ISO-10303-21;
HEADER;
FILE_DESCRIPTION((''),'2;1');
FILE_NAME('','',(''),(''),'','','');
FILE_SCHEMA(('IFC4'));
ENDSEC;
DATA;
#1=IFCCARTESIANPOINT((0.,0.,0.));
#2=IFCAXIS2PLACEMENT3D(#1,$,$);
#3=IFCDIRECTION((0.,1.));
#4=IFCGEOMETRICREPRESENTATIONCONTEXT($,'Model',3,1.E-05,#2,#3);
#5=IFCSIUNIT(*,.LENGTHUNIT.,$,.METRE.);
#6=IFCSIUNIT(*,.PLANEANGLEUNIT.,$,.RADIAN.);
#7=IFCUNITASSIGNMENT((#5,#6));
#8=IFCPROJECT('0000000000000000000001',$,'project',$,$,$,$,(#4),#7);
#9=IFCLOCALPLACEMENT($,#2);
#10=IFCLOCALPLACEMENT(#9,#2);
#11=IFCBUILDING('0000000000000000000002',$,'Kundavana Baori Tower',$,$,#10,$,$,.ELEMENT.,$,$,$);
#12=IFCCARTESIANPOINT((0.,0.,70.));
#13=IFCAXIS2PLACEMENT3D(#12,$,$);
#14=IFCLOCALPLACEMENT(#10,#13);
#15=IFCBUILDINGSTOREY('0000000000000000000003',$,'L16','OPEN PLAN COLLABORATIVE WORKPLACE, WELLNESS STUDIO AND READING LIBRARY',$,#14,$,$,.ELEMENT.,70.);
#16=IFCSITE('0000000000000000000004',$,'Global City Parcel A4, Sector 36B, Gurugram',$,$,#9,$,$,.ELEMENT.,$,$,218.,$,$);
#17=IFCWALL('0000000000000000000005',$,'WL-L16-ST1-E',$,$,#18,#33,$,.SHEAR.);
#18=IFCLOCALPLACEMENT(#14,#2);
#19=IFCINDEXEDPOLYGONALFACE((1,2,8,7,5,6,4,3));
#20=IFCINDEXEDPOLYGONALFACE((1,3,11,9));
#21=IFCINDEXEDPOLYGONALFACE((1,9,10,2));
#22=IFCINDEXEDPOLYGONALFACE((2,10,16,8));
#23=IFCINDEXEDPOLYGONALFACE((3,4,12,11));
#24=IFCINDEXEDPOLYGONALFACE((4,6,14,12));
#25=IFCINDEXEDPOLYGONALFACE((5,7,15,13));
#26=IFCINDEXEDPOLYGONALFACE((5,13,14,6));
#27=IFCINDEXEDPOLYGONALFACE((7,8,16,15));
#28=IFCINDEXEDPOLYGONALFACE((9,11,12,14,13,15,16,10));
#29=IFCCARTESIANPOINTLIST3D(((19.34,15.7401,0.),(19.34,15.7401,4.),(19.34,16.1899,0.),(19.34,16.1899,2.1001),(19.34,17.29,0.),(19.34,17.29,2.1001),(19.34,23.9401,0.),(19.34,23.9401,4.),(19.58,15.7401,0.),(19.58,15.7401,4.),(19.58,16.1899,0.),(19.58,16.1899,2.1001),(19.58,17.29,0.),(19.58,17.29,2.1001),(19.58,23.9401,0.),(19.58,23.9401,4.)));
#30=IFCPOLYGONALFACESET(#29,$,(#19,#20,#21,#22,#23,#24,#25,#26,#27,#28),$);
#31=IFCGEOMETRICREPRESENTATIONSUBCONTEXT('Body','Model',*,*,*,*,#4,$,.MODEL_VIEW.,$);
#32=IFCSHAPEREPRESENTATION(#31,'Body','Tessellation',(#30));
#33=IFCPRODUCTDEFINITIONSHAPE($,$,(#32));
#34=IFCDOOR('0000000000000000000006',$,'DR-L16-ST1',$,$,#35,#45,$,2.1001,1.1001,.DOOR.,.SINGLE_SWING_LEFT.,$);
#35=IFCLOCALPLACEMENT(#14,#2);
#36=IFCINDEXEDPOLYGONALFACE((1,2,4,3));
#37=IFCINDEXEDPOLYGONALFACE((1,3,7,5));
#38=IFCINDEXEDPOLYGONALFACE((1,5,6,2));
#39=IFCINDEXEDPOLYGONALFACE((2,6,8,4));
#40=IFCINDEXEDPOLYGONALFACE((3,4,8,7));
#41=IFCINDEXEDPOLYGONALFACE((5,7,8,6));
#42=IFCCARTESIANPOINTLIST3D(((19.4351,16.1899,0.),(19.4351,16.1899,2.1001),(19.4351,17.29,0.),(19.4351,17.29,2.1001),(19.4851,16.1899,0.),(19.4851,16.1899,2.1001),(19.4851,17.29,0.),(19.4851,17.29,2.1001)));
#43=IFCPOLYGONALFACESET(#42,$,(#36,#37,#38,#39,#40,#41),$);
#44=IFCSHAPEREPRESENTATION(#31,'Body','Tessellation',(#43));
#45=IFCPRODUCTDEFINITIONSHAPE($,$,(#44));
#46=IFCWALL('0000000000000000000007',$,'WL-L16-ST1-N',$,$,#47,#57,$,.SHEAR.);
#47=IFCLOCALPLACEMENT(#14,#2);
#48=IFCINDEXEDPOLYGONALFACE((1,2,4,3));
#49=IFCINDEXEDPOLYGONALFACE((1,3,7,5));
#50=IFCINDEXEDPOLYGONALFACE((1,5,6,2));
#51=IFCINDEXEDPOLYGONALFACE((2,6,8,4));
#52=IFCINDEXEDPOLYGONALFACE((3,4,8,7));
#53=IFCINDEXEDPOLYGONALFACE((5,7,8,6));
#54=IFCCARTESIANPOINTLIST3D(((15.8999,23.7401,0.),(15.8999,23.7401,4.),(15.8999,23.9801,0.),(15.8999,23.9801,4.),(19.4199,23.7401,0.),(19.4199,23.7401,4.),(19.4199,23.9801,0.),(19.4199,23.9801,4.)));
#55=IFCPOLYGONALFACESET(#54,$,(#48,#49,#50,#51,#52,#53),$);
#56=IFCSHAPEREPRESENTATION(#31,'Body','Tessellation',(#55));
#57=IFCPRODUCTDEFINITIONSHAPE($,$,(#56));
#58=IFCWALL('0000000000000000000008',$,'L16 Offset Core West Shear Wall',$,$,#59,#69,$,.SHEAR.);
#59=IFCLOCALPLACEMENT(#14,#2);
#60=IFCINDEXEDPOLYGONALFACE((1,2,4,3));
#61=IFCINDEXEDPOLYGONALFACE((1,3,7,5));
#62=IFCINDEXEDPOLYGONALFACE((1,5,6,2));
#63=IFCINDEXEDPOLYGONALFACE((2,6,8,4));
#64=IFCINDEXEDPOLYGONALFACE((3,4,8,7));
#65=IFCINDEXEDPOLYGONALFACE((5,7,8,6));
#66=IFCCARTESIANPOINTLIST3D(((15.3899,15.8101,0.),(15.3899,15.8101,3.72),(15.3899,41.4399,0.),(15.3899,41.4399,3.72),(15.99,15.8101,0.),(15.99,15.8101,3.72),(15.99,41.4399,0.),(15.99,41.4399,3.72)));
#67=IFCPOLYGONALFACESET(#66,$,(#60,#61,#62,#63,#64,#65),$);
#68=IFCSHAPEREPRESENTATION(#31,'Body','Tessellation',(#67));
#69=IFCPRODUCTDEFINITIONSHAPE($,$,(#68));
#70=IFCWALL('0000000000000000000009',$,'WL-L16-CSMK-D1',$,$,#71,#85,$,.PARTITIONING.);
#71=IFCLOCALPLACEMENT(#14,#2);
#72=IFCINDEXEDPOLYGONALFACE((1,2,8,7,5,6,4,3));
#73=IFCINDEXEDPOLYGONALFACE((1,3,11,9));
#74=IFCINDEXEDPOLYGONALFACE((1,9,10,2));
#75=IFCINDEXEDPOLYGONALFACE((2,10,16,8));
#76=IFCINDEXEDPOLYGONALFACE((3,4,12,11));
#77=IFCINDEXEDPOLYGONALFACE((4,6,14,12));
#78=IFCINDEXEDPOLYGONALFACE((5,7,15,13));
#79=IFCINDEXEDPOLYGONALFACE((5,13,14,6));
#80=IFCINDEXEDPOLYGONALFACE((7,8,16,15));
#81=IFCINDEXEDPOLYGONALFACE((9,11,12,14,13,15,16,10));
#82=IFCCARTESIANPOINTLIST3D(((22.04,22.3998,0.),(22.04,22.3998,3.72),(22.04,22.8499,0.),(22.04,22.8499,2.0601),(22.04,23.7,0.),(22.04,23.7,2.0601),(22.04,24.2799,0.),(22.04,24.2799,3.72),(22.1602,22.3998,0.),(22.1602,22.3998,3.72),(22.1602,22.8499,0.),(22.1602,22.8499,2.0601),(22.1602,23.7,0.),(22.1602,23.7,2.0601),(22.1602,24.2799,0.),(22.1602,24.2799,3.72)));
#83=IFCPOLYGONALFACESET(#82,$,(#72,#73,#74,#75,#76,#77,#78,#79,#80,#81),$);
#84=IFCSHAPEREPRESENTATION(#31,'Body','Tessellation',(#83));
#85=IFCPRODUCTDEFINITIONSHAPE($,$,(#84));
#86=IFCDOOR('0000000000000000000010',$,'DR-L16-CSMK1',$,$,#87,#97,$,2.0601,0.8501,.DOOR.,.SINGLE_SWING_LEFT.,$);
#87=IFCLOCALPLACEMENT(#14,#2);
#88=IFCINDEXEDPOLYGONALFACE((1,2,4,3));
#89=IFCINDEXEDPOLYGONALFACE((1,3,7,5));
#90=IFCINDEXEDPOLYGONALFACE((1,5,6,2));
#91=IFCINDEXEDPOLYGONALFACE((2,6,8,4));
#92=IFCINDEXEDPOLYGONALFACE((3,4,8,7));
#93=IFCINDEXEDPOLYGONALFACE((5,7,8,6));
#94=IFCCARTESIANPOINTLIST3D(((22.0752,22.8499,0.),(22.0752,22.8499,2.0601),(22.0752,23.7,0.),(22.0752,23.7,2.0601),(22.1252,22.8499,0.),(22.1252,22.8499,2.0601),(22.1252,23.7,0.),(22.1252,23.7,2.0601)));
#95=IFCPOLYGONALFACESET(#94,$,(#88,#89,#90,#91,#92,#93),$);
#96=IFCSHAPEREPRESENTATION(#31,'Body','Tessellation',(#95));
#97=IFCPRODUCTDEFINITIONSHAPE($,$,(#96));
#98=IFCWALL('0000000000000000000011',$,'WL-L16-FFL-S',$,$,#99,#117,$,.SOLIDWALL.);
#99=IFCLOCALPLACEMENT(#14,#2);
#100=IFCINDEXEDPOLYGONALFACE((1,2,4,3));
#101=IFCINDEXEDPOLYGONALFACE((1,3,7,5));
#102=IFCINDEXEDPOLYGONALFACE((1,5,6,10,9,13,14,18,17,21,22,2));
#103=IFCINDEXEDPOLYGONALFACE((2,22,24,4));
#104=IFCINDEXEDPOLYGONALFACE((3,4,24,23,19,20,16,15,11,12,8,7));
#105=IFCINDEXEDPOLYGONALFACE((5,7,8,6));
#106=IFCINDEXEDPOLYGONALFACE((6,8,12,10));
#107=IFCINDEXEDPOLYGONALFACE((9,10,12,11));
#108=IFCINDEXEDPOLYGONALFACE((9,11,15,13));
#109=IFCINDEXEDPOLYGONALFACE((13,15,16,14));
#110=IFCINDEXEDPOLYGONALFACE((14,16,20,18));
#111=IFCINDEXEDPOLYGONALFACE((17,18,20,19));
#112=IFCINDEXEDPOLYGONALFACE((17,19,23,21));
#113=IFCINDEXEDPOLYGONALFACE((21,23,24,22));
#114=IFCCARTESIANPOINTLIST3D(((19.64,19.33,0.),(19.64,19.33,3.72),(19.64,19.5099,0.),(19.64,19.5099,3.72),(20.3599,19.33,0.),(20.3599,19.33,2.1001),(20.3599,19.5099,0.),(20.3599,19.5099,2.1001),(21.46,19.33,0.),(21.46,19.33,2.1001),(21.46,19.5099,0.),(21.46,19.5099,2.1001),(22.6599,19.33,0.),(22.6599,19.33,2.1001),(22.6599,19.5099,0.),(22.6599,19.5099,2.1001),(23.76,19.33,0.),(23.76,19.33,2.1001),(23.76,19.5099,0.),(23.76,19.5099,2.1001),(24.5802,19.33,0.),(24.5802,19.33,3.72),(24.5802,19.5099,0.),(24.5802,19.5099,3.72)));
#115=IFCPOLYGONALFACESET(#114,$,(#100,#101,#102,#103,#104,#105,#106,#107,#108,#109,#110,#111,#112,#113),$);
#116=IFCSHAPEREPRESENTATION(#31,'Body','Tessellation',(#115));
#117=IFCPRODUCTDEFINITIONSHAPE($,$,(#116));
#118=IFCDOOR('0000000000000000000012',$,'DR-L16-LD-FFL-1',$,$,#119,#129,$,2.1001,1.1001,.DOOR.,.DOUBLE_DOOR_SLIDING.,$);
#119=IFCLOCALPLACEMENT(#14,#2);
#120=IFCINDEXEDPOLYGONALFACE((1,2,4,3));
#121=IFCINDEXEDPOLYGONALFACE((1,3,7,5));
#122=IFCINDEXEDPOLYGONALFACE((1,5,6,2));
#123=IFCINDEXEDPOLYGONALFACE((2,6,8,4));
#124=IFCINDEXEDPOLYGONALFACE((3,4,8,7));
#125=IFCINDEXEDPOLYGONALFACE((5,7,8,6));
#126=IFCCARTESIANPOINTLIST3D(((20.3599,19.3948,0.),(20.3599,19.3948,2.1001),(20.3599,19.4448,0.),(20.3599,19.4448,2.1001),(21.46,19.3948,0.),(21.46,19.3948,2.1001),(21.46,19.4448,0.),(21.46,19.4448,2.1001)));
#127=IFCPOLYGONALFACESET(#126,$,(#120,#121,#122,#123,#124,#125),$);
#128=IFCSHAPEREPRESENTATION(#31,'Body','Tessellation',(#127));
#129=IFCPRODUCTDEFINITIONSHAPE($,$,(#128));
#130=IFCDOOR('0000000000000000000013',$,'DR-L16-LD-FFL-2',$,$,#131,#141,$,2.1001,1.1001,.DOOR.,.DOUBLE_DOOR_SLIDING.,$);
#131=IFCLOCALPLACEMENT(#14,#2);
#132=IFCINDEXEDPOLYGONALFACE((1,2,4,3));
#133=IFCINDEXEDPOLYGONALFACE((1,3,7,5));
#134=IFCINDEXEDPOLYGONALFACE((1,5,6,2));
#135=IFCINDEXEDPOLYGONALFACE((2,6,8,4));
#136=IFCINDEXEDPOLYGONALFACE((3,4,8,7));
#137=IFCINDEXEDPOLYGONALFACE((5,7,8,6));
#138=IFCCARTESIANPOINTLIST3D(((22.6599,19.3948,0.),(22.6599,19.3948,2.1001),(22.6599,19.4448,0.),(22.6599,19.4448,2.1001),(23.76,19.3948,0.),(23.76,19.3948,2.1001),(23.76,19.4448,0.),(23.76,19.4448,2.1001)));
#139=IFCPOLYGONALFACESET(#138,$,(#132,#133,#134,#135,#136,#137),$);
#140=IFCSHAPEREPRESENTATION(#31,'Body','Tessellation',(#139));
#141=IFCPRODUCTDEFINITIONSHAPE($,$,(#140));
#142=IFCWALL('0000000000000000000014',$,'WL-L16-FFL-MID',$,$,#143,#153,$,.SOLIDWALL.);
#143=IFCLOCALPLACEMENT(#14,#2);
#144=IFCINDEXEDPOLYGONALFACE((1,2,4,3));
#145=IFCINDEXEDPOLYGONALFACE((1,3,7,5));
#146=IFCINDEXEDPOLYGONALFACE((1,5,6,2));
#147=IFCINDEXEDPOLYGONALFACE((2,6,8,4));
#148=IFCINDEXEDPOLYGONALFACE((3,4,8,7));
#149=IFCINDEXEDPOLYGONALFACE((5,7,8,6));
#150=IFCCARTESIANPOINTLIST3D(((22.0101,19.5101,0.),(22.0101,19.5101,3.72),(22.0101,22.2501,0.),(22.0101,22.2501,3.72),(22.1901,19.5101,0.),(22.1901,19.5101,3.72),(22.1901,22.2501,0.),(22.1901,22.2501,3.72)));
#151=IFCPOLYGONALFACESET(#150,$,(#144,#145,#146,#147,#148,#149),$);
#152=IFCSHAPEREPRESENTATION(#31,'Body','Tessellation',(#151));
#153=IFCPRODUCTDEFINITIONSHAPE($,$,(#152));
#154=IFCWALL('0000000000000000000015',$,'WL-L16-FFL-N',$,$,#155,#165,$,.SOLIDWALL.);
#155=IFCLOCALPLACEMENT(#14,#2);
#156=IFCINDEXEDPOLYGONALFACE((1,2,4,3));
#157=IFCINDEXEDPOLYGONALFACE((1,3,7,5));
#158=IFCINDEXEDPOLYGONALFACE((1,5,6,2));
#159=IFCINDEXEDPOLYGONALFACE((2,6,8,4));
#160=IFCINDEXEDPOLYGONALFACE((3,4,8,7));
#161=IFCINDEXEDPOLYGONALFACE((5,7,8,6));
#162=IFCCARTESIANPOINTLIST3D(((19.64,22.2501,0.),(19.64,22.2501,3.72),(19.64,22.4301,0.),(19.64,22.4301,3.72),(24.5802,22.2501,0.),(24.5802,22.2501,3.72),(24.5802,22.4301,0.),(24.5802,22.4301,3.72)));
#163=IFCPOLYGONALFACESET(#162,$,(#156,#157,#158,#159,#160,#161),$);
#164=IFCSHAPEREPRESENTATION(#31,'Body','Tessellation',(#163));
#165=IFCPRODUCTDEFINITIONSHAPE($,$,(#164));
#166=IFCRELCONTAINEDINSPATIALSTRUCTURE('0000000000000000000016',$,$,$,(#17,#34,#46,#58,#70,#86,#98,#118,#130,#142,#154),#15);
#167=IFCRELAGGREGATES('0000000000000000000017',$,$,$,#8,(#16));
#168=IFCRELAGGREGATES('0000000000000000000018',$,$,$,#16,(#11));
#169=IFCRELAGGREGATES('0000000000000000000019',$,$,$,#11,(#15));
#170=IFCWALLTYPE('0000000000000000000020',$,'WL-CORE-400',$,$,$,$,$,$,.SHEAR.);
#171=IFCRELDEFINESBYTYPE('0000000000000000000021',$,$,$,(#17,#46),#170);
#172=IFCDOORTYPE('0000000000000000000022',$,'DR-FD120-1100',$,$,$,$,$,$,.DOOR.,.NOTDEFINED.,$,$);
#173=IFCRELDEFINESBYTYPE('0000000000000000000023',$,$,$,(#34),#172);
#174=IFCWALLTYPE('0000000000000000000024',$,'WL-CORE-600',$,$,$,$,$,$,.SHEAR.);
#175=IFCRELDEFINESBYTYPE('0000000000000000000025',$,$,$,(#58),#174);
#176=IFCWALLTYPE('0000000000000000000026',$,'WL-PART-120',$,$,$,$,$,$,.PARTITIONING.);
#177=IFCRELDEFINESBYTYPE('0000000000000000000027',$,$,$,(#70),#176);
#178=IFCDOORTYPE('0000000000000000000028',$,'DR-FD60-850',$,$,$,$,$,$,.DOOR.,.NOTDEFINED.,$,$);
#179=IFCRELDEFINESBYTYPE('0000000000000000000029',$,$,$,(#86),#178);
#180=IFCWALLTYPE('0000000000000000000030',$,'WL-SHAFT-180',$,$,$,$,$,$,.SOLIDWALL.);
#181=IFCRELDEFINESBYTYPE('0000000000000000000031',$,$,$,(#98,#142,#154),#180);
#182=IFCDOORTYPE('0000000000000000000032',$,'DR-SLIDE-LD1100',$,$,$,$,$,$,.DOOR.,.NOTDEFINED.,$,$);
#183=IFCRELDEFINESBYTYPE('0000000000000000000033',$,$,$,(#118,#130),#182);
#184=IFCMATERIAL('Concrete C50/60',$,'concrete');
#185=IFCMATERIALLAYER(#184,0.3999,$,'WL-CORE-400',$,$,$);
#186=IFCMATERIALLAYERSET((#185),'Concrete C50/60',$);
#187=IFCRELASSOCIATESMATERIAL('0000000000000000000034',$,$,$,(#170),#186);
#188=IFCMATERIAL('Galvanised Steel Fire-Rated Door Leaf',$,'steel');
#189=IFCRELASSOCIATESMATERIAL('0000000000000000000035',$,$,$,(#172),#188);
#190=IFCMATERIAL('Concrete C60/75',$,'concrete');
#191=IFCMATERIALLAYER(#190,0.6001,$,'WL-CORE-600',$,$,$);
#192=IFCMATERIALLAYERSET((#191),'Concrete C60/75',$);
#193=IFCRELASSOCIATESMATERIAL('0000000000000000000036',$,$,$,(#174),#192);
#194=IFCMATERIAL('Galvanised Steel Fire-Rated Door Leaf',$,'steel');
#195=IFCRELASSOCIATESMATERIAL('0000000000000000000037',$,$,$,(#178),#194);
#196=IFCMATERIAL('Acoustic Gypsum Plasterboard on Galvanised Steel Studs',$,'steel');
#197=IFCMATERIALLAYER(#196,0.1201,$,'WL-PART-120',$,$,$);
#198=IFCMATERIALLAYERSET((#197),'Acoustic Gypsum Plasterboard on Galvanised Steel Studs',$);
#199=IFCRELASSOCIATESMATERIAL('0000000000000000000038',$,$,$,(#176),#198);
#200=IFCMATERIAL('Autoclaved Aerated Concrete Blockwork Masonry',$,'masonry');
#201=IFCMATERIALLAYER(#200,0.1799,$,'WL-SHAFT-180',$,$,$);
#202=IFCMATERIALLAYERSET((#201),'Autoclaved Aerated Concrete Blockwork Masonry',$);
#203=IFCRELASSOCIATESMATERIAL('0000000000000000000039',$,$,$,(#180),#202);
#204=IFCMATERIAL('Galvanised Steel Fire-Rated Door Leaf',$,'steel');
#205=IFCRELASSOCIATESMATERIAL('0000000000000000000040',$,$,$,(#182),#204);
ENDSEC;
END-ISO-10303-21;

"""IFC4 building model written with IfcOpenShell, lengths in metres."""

from ifc_helpers import new_model, si_unit, direction, frame, frame_2d, origin, place, context, subcontext, project, spatial, rectangle, extrude, material, layer, layer_set, type_object, element, fill, save


model = new_model("IFC4")

# Units and contexts
model_context = context("Model", 3, precision=1e-05, world=origin(), true_north=direction((0.0, 1.0)))
body_context = subcontext(model_context, "Body", "Model", "MODEL_VIEW")
ifc_project = project(units=[si_unit("LENGTHUNIT", "METRE"), si_unit("PLANEANGLEUNIT", "RADIAN")], contexts=[model_context])

# Site, building, storey
site_placement = place(None, origin())
site = spatial("IfcSite", under=ifc_project, at=site_placement, Name="Global City Parcel A4, Sector 36B, Gurugram", CompositionType="ELEMENT", RefElevation=218.0)
building_placement = place(site_placement, origin())
building = spatial("IfcBuilding", under=site, at=building_placement, Name="Kundavana Baori Tower", CompositionType="ELEMENT")
storey_placement = place(building_placement, frame((0.0, 0.0, 70.0)))
storey = spatial("IfcBuildingStorey", under=building, at=storey_placement, Name="L16", Description="OPEN PLAN COLLABORATIVE WORKPLACE, WELLNESS STUDIO AND READING LIBRARY", CompositionType="ELEMENT", Elevation=70.0)

# Wall, opening, door
ifc_material_1 = material(Name="Concrete C50/60", Category="concrete")
ifc_layer_1 = layer(ifc_material_1, 0.3999, Name="WL-CORE-400")
ifc_layer_set_1 = layer_set([ifc_layer_1], Name="Concrete C50/60")
wall_type_1 = type_object("IfcWallType", Name="WL-CORE-400", PredefinedType="SHEAR", material=ifc_layer_set_1)
wall_1_placement = place(storey_placement, frame((19.46, 15.74, 0.0), z_axis=(0.0, 0.0, 1.0), x_axis=(0.0, 1.0, 0.0)))
wall_1 = element("IfcWall", 1, at=wall_1_placement, inside=storey, type_object=wall_type_1, Name="WL-L16-ST1-E", PredefinedType="SHEAR", context=body_context, shape_type="SweptSolid", body=[
    extrude(rectangle(XDim=8.2, YDim=0.24, at=frame_2d((4.1001, 0.0))), origin(), (0.0, 0.0, 1.0), 4.0),
])
opening_1_placement = place(wall_1_placement, frame((0.45, 0.0, 0.0)))
opening_1 = element("IfcOpeningElement", 2, at=opening_1_placement, cuts=wall_1, PredefinedType="OPENING", context=body_context, shape_type="SweptSolid", body=[
    extrude(rectangle(XDim=1.1001, YDim=2.1001, at=frame_2d((0.55, 1.05))), frame((0.0, 0.1299, 0.0), z_axis=(0.0, -1.0, 0.0), x_axis=(1.0, 0.0, 0.0)), (0.0, 0.0, 1.0), 0.26),
])
ifc_material_2 = material(Name="Galvanised Steel Fire-Rated Door Leaf", Category="steel")
door_type_1 = type_object("IfcDoorType", Name="DR-FD120-1100", OperationType="NOTDEFINED", PredefinedType="DOOR", material=ifc_material_2)
door_1_placement = place(opening_1_placement, origin())
door_1 = element("IfcDoor", 3, at=door_1_placement, inside=storey, type_object=door_type_1, Name="DR-L16-ST1", OperationType="SINGLE_SWING_LEFT", OverallHeight=2.1001, OverallWidth=1.1001, PredefinedType="DOOR", context=body_context, shape_type="SweptSolid", body=[
    extrude(rectangle(XDim=1.1001, YDim=2.1001, at=frame_2d((0.55, 1.05))), frame((0.0, 0.0249, 0.0), z_axis=(0.0, -1.0, 0.0), x_axis=(1.0, 0.0, 0.0)), (0.0, 0.0, 1.0), 0.05),
])
fill(opening_1, door_1)

# Walls
wall_2_placement = place(storey_placement, frame((15.8999, 23.8601, 0.0), z_axis=(0.0, 0.0, 1.0), x_axis=(1.0, 0.0, 0.0)))
element("IfcWall", 4, at=wall_2_placement, inside=storey, type_object=wall_type_1, Name="WL-L16-ST1-N", PredefinedType="SHEAR", context=body_context, shape_type="SweptSolid", body=[
    extrude(rectangle(XDim=3.52, YDim=0.24, at=frame_2d((1.76, 0.0))), origin(), (0.0, 0.0, 1.0), 4.0),
])
ifc_material_3 = material(Name="Concrete C60/75", Category="concrete")
ifc_layer_2 = layer(ifc_material_3, 0.6001, Name="WL-CORE-600")
ifc_layer_set_2 = layer_set([ifc_layer_2], Name="Concrete C60/75")
wall_type_2 = type_object("IfcWallType", Name="WL-CORE-600", PredefinedType="SHEAR", material=ifc_layer_set_2)
wall_3_placement = place(storey_placement, frame((15.6899, 15.8101, 0.0), z_axis=(0.0, 0.0, 1.0), x_axis=(0.0, 1.0, 0.0)))
element("IfcWall", 5, at=wall_3_placement, inside=storey, type_object=wall_type_2, Name="L16 Offset Core West Shear Wall", PredefinedType="SHEAR", context=body_context, shape_type="SweptSolid", body=[
    extrude(rectangle(XDim=25.6299, YDim=0.6001, at=frame_2d((12.8149, 0.0))), origin(), (0.0, 0.0, 1.0), 3.72),
])

# Shared definitions
ifc_material_4 = material(Name="Galvanised Steel Fire-Rated Door Leaf", Category="steel")
door_type_2 = type_object("IfcDoorType", Name="DR-FD60-850", OperationType="NOTDEFINED", PredefinedType="DOOR", material=ifc_material_4)

# Wall, opening, door
ifc_material_5 = material(Name="Acoustic Gypsum Plasterboard on Galvanised Steel Studs", Category="steel")
ifc_layer_3 = layer(ifc_material_5, 0.1201, Name="WL-PART-120")
ifc_layer_set_3 = layer_set([ifc_layer_3], Name="Acoustic Gypsum Plasterboard on Galvanised Steel Studs")
wall_type_3 = type_object("IfcWallType", Name="WL-PART-120", PredefinedType="PARTITIONING", material=ifc_layer_set_3)
wall_4_placement = place(storey_placement, frame((22.1001, 22.3999, 0.0), z_axis=(0.0, 0.0, 1.0), x_axis=(0.0, 1.0, 0.0)))
wall_4 = element("IfcWall", 6, at=wall_4_placement, inside=storey, type_object=wall_type_3, Name="WL-L16-CSMK-D1", PredefinedType="PARTITIONING", context=body_context, shape_type="SweptSolid", body=[
    extrude(rectangle(XDim=1.8801, YDim=0.1201, at=frame_2d((0.9399, 0.0))), origin(), (0.0, 0.0, 1.0), 3.72),
])
opening_2_placement = place(wall_4_placement, frame((0.45, 0.0, 0.0)))
opening_2 = element("IfcOpeningElement", 7, at=opening_2_placement, cuts=wall_4, PredefinedType="OPENING", context=body_context, shape_type="SweptSolid", body=[
    extrude(rectangle(XDim=0.8501, YDim=2.0601, at=frame_2d((0.425, 1.03))), frame((0.0, 0.0701, 0.0), z_axis=(0.0, -1.0, 0.0), x_axis=(1.0, 0.0, 0.0)), (0.0, 0.0, 1.0), 0.1401),
])
door_2_placement = place(opening_2_placement, origin())
door_2 = element("IfcDoor", 8, at=door_2_placement, inside=storey, type_object=door_type_2, Name="DR-L16-CSMK1", OperationType="SINGLE_SWING_LEFT", OverallHeight=2.0601, OverallWidth=0.8501, PredefinedType="DOOR", context=body_context, shape_type="SweptSolid", body=[
    extrude(rectangle(XDim=0.8501, YDim=2.0601, at=frame_2d((0.425, 1.03))), frame((0.0, 0.0249, 0.0), z_axis=(0.0, -1.0, 0.0), x_axis=(1.0, 0.0, 0.0)), (0.0, 0.0, 1.0), 0.05),
])
fill(opening_2, door_2)

# Wall, openings, doors
ifc_material_6 = material(Name="Autoclaved Aerated Concrete Blockwork Masonry", Category="masonry")
ifc_layer_4 = layer(ifc_material_6, 0.1799, Name="WL-SHAFT-180")
ifc_layer_set_4 = layer_set([ifc_layer_4], Name="Autoclaved Aerated Concrete Blockwork Masonry")
wall_type_4 = type_object("IfcWallType", Name="WL-SHAFT-180", PredefinedType="SOLIDWALL", material=ifc_layer_set_4)
wall_5_placement = place(storey_placement, frame((19.6399, 19.4199, 0.0), z_axis=(0.0, 0.0, 1.0), x_axis=(1.0, 0.0, 0.0)))
wall_5 = element("IfcWall", 9, at=wall_5_placement, inside=storey, type_object=wall_type_4, Name="WL-L16-FFL-S", PredefinedType="SOLIDWALL", context=body_context, shape_type="SweptSolid", body=[
    extrude(rectangle(XDim=4.9402, YDim=0.1799, at=frame_2d((2.4702, 0.0))), origin(), (0.0, 0.0, 1.0), 3.72),
])
opening_3_placement = place(wall_5_placement, frame((0.72, 0.0, 0.0)))
opening_3 = element("IfcOpeningElement", 10, at=opening_3_placement, cuts=wall_5, PredefinedType="OPENING", context=body_context, shape_type="SweptSolid", body=[
    extrude(rectangle(XDim=1.1001, YDim=2.1001, at=frame_2d((0.55, 1.05))), frame((0.0, 0.1001, 0.0), z_axis=(0.0, -1.0, 0.0), x_axis=(1.0, 0.0, 0.0)), (0.0, 0.0, 1.0), 0.2),
])
opening_4_placement = place(wall_5_placement, frame((3.02, 0.0, 0.0)))
opening_4 = element("IfcOpeningElement", 11, at=opening_4_placement, cuts=wall_5, PredefinedType="OPENING", context=body_context, shape_type="SweptSolid", body=[
    extrude(rectangle(XDim=1.1001, YDim=2.1001, at=frame_2d((0.55, 1.05))), frame((0.0, 0.1001, 0.0), z_axis=(0.0, -1.0, 0.0), x_axis=(1.0, 0.0, 0.0)), (0.0, 0.0, 1.0), 0.2),
])
ifc_material_7 = material(Name="Galvanised Steel Fire-Rated Door Leaf", Category="steel")
door_type_3 = type_object("IfcDoorType", Name="DR-SLIDE-LD1100", OperationType="NOTDEFINED", PredefinedType="DOOR", material=ifc_material_7)
door_3_placement = place(opening_3_placement, origin())
door_3 = element("IfcDoor", 12, at=door_3_placement, inside=storey, type_object=door_type_3, Name="DR-L16-LD-FFL-1", OperationType="DOUBLE_DOOR_SLIDING", OverallHeight=2.1001, OverallWidth=1.1001, PredefinedType="DOOR", context=body_context, shape_type="SweptSolid", body=[
    extrude(rectangle(XDim=1.1001, YDim=2.1001, at=frame_2d((0.55, 1.05))), frame((0.0, 0.0249, 0.0), z_axis=(0.0, -1.0, 0.0), x_axis=(1.0, 0.0, 0.0)), (0.0, 0.0, 1.0), 0.05),
])
fill(opening_3, door_3)
door_4_placement = place(opening_4_placement, origin())
door_4 = element("IfcDoor", 13, at=door_4_placement, inside=storey, type_object=door_type_3, Name="DR-L16-LD-FFL-2", OperationType="DOUBLE_DOOR_SLIDING", OverallHeight=2.1001, OverallWidth=1.1001, PredefinedType="DOOR", context=body_context, shape_type="SweptSolid", body=[
    extrude(rectangle(XDim=1.1001, YDim=2.1001, at=frame_2d((0.55, 1.05))), frame((0.0, 0.0249, 0.0), z_axis=(0.0, -1.0, 0.0), x_axis=(1.0, 0.0, 0.0)), (0.0, 0.0, 1.0), 0.05),
])
fill(opening_4, door_4)

# Walls
wall_6_placement = place(storey_placement, frame((22.1001, 19.51, 0.0), z_axis=(0.0, 0.0, 1.0), x_axis=(0.0, 1.0, 0.0)))
element("IfcWall", 14, at=wall_6_placement, inside=storey, type_object=wall_type_4, Name="WL-L16-FFL-MID", PredefinedType="SOLIDWALL", context=body_context, shape_type="SweptSolid", body=[
    extrude(rectangle(XDim=2.74, YDim=0.1799, at=frame_2d((1.3701, 0.0))), origin(), (0.0, 0.0, 1.0), 3.72),
])
wall_7_placement = place(storey_placement, frame((19.6399, 22.3401, 0.0), z_axis=(0.0, 0.0, 1.0), x_axis=(1.0, 0.0, 0.0)))
element("IfcWall", 15, at=wall_7_placement, inside=storey, type_object=wall_type_4, Name="WL-L16-FFL-N", PredefinedType="SOLIDWALL", context=body_context, shape_type="SweptSolid", body=[
    extrude(rectangle(XDim=4.9402, YDim=0.1799, at=frame_2d((2.4702, 0.0))), origin(), (0.0, 0.0, 1.0), 3.72),
])

save(model, "model.ifc")
